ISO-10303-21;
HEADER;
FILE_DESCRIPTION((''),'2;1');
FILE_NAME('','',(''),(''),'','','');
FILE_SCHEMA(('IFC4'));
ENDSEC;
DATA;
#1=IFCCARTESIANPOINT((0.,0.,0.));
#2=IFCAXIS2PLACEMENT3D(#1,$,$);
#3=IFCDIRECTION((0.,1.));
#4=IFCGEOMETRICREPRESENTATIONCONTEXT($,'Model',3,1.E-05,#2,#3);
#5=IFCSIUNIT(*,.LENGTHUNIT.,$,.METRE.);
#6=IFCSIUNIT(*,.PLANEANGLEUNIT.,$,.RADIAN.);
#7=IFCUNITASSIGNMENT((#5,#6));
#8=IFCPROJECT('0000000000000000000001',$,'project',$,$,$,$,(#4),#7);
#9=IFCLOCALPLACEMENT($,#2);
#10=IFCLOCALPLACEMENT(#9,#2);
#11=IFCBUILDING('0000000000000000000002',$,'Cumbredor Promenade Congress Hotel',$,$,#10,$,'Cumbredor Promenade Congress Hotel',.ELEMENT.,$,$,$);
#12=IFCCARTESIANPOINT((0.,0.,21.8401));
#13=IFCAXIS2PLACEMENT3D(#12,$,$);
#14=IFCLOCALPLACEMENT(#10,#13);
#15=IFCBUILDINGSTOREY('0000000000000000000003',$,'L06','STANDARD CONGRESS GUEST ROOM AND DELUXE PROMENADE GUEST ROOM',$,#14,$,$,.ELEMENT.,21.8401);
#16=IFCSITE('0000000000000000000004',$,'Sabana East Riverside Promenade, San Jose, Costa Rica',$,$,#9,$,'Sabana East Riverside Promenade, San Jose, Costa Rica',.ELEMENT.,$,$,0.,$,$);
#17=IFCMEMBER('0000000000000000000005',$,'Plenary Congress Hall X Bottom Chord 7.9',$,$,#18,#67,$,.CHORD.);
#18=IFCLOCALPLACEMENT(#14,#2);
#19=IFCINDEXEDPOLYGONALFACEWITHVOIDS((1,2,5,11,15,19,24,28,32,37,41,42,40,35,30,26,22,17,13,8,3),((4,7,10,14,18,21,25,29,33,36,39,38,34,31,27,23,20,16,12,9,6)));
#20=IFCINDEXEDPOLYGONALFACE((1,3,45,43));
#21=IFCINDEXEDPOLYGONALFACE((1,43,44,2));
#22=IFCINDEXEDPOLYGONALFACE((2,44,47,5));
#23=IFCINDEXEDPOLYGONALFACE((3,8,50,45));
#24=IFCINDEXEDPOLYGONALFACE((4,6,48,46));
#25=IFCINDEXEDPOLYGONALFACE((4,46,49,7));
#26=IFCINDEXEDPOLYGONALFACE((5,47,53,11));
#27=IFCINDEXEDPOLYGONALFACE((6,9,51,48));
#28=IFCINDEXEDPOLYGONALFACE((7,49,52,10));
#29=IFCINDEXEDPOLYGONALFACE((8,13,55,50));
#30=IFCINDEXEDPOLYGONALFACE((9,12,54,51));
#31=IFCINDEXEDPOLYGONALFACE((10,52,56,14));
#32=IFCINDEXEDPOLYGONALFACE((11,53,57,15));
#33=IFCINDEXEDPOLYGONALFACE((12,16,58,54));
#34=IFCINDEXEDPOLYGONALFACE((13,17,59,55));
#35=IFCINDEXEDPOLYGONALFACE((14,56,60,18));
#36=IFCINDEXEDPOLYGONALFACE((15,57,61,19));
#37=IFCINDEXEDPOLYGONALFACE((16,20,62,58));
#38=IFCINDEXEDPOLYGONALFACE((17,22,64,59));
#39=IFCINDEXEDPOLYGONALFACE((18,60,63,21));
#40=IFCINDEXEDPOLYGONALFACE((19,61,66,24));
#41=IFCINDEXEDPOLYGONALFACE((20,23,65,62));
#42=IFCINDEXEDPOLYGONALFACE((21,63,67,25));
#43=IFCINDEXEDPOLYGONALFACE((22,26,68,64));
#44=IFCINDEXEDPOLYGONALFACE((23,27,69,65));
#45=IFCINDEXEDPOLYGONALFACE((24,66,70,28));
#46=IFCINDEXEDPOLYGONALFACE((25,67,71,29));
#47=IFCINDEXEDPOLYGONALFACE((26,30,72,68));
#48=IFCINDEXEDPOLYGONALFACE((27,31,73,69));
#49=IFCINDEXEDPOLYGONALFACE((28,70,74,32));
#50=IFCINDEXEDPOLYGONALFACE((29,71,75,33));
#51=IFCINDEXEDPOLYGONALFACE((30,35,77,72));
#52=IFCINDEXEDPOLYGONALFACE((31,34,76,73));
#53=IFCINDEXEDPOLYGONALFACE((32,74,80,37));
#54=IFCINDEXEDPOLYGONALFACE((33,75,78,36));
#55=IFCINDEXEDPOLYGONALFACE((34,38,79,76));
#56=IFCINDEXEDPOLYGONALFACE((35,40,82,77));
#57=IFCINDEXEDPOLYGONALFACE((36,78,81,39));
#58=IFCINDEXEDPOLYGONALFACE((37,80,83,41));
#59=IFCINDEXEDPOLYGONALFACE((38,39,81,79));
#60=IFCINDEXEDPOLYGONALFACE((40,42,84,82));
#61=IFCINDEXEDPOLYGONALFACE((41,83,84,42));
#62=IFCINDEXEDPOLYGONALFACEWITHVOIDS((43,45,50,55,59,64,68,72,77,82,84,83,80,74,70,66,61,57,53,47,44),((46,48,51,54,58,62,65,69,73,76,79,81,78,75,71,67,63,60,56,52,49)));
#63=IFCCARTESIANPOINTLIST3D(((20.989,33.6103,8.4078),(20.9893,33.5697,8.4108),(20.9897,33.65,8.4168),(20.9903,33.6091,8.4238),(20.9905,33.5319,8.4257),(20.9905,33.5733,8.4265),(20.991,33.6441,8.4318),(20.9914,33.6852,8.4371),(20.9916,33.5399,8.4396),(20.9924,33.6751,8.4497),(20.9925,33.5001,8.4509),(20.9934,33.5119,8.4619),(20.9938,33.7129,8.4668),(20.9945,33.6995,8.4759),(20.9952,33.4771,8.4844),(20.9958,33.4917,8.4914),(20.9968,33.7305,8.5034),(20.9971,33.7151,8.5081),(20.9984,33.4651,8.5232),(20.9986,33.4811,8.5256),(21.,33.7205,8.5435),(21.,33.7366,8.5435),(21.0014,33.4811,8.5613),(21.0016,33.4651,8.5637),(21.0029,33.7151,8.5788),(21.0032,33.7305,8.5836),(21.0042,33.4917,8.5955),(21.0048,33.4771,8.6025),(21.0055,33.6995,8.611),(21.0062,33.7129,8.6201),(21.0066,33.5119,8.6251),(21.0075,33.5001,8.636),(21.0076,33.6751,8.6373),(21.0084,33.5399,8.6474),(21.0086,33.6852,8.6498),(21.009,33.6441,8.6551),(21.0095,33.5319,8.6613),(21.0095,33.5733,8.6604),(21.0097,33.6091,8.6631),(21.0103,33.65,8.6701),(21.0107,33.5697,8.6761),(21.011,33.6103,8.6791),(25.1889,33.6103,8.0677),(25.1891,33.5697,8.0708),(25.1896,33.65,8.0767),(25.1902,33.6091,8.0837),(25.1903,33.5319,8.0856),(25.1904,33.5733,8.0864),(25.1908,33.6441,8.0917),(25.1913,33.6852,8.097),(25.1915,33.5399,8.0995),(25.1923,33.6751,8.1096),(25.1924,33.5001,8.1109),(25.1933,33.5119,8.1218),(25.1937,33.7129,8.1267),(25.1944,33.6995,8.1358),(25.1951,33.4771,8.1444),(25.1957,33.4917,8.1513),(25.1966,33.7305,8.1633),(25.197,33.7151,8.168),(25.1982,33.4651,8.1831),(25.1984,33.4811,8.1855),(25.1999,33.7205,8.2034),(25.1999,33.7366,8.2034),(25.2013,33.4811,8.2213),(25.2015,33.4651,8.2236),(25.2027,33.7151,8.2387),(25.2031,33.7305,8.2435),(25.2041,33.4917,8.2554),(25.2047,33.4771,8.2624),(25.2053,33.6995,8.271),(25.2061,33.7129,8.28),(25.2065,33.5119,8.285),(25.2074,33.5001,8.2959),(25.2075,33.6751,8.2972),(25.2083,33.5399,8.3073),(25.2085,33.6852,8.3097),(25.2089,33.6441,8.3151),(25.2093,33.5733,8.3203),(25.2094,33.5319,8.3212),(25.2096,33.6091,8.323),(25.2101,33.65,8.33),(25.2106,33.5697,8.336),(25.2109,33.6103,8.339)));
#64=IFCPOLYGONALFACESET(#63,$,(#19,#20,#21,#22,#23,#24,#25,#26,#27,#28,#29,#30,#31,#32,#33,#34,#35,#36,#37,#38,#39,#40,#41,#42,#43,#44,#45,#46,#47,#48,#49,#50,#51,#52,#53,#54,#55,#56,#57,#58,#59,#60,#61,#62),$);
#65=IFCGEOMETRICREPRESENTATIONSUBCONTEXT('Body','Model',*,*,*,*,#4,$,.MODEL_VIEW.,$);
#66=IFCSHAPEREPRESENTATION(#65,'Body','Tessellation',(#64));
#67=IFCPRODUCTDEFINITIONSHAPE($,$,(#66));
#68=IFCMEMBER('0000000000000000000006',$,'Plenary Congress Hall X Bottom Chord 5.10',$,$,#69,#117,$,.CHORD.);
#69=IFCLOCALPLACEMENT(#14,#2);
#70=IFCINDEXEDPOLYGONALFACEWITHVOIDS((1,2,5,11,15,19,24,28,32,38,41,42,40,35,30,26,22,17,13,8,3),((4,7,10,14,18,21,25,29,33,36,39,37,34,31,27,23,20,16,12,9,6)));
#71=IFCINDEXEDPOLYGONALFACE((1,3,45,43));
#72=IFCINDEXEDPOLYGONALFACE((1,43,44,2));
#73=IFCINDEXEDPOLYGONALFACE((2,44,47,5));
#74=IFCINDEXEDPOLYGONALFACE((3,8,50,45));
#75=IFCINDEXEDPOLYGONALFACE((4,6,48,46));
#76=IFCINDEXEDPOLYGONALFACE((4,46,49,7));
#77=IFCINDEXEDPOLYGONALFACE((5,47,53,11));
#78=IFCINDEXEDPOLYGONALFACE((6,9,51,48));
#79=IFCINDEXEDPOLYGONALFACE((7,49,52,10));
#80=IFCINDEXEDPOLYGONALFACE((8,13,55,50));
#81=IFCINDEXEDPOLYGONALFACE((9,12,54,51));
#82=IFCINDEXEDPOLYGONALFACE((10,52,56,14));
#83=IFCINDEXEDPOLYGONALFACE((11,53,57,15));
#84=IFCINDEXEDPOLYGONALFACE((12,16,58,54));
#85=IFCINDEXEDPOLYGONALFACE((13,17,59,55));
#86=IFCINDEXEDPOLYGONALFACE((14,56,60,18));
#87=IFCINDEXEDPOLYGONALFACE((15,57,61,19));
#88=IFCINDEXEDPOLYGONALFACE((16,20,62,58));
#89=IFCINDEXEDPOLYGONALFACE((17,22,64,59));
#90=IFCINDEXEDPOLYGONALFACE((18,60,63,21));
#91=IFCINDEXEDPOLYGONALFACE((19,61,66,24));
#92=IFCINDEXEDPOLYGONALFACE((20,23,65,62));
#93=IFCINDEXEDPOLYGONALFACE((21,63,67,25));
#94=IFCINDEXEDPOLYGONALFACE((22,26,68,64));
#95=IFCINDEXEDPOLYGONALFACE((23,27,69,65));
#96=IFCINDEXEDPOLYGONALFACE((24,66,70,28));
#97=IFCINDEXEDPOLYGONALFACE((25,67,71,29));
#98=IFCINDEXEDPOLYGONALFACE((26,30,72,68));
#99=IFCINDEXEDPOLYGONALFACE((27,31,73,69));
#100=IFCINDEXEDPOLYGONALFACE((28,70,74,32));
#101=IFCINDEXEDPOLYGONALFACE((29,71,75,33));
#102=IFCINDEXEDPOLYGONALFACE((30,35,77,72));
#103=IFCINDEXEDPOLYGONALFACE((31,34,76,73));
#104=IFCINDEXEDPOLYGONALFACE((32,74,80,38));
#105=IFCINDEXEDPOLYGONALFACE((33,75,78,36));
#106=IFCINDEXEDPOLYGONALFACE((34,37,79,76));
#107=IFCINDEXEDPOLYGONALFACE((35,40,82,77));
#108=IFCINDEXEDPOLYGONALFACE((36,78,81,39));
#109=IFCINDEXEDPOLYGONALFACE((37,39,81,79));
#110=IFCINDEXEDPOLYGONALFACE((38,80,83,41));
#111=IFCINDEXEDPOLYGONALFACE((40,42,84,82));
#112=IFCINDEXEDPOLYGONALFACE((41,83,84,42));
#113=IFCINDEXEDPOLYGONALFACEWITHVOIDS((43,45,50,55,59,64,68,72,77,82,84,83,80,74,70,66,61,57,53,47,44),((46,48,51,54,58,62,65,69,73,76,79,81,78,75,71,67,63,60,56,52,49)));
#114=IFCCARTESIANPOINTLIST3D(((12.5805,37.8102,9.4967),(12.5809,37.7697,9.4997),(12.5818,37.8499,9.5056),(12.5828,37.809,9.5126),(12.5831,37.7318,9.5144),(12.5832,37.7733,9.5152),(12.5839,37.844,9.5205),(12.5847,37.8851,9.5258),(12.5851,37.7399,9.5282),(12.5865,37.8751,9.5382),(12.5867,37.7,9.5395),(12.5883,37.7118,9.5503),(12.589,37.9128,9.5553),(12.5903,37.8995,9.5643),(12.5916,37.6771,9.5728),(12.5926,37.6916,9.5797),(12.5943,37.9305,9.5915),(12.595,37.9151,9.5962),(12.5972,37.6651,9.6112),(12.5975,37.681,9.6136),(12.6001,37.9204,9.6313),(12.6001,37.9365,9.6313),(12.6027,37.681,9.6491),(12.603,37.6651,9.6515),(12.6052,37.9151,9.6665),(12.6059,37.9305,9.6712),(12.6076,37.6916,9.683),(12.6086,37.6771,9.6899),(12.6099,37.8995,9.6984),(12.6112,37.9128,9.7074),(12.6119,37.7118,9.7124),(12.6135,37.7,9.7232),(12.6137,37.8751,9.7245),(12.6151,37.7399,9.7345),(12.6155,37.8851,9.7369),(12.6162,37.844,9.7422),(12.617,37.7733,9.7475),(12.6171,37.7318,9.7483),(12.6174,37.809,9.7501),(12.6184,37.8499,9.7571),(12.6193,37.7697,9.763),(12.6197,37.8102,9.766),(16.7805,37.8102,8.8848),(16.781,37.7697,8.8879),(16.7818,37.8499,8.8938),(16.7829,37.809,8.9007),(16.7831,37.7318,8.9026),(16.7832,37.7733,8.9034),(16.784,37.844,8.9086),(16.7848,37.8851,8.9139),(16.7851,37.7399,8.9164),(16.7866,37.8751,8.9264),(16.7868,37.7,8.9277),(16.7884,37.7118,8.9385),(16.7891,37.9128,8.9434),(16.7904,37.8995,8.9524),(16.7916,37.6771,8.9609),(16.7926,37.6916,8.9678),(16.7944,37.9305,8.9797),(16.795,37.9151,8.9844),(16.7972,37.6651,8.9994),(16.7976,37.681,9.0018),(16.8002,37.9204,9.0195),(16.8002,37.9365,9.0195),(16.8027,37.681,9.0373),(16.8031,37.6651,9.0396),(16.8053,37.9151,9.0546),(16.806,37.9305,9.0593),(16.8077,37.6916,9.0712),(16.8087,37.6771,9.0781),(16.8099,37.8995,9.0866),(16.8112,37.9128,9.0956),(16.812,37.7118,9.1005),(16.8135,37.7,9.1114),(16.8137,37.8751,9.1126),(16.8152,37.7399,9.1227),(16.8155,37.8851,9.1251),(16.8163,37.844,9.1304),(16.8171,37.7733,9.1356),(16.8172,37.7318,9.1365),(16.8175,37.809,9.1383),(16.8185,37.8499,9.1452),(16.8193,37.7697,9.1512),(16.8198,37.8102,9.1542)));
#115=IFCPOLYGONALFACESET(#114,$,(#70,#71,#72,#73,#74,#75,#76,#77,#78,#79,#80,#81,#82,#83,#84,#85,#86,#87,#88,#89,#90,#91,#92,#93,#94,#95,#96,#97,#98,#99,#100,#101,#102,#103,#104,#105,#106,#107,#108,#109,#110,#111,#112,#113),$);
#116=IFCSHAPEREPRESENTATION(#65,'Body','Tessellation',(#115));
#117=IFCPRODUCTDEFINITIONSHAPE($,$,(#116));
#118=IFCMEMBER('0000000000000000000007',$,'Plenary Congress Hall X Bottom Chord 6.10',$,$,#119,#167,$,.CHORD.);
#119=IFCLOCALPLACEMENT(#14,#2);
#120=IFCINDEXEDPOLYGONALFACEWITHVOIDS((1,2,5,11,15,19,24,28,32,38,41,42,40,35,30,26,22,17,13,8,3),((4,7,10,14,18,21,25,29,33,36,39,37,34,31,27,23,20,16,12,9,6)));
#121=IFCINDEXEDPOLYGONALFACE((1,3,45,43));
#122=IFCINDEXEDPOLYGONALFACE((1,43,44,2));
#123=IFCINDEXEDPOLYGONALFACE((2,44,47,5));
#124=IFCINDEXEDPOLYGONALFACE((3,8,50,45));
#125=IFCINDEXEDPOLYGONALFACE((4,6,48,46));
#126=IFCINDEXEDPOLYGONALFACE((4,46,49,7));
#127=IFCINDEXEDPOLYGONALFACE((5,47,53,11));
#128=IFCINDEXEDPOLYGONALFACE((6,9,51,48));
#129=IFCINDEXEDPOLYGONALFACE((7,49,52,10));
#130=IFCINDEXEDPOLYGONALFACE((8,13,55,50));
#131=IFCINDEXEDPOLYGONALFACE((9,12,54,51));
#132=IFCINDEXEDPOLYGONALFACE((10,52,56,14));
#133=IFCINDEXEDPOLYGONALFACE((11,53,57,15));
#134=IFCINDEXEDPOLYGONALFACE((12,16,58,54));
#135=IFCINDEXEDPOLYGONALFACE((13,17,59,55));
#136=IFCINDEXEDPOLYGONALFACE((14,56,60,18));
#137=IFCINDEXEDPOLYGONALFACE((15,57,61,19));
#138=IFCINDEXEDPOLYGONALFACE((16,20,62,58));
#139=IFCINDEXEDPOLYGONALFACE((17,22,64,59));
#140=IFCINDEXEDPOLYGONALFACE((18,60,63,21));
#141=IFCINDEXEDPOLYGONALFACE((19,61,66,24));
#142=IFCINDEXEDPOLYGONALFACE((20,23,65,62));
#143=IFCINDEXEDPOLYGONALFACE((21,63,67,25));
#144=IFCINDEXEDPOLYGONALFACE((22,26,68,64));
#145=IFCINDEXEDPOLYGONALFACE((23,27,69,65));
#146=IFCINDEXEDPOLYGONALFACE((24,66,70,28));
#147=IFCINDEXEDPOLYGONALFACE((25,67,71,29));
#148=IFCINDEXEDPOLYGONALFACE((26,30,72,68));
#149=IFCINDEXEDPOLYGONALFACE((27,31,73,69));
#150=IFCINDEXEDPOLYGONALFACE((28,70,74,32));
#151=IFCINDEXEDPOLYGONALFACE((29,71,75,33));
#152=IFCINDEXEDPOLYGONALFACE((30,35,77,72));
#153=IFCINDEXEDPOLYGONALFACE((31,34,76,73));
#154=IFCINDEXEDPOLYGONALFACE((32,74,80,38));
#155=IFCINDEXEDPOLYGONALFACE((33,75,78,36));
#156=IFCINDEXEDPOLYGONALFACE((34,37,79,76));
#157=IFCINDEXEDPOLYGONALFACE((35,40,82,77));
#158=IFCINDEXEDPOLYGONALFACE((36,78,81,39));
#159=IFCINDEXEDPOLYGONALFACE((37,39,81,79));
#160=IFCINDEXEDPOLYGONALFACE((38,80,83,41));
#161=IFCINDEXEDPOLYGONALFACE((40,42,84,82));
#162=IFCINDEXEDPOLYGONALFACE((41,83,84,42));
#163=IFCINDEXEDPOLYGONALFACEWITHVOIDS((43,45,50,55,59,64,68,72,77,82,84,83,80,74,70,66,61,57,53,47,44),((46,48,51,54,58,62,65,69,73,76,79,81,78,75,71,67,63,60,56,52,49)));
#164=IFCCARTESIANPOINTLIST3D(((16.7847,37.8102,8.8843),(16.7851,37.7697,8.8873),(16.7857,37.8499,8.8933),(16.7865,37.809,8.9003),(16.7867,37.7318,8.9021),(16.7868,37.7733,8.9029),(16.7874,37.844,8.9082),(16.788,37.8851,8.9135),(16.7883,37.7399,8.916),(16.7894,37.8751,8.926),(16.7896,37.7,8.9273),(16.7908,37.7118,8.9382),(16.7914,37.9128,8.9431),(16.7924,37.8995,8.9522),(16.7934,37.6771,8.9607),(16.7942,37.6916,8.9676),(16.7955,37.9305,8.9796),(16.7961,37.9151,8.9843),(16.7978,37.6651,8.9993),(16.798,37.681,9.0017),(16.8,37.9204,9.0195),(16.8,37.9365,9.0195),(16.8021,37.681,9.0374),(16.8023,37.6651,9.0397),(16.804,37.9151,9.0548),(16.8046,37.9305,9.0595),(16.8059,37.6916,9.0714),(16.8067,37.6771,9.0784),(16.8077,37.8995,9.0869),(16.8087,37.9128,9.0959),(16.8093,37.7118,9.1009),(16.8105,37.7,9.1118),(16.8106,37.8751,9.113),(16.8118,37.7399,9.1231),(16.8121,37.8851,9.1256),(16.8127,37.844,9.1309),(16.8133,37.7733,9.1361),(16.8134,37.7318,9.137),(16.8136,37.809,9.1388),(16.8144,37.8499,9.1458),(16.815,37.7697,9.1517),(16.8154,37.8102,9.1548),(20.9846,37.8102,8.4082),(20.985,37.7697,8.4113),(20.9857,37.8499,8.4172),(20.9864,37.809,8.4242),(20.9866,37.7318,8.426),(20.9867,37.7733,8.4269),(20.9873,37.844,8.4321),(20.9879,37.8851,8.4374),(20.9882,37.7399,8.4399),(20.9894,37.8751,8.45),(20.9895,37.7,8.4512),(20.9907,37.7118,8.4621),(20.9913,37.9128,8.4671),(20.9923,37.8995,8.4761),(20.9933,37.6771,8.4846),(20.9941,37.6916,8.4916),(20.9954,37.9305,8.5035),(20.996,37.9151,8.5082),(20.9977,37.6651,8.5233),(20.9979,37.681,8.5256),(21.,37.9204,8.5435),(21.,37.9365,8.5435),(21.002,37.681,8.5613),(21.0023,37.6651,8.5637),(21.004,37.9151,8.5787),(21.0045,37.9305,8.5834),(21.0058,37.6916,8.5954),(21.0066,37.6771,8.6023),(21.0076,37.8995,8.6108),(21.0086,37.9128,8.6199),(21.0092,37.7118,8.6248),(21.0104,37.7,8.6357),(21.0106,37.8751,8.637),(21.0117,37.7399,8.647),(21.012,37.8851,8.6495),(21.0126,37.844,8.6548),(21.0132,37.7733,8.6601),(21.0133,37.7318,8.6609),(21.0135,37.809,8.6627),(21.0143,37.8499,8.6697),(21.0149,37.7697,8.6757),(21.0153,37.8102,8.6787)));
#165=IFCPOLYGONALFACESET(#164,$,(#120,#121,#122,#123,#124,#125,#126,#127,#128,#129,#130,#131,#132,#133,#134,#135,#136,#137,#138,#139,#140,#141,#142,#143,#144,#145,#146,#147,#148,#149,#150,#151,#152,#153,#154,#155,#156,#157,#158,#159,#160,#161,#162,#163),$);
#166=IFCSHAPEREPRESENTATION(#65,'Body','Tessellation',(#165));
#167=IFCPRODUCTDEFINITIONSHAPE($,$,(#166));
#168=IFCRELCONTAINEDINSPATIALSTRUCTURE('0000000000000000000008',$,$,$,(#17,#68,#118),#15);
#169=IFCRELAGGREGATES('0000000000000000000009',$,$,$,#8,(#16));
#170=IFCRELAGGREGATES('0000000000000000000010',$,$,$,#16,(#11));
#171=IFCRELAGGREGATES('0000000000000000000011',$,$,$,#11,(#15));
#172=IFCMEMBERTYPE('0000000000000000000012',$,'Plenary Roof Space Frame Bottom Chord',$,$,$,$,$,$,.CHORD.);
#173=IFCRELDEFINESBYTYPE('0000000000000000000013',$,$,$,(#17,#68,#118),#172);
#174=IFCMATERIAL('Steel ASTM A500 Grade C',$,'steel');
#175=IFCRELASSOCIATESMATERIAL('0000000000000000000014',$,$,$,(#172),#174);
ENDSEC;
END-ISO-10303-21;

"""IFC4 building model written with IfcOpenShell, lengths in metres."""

from ifc_helpers import new_model, si_unit, direction, frame, origin, origin_2d, place, context, subcontext, project, spatial, hollow_circle, extrude, material, material_profile, profile_set, type_object, element, save


model = new_model("IFC4")

# Units and contexts
model_context = context("Model", 3, precision=1e-05, world=origin(), true_north=direction((0.0, 1.0)))
body_context = subcontext(model_context, "Body", "Model", "MODEL_VIEW")
ifc_project = project(units=[si_unit("LENGTHUNIT", "METRE"), si_unit("PLANEANGLEUNIT", "RADIAN")], contexts=[model_context])

# Site, building, storey
site_placement = place(None, origin())
site = spatial("IfcSite", under=ifc_project, at=site_placement, Name="Sabana East Riverside Promenade, San Jose, Costa Rica", LongName="Sabana East Riverside Promenade, San Jose, Costa Rica", CompositionType="ELEMENT", RefElevation=0.0)
building_placement = place(site_placement, origin())
building = spatial("IfcBuilding", under=site, at=building_placement, Name="Cumbredor Promenade Congress Hotel", LongName="Cumbredor Promenade Congress Hotel", CompositionType="ELEMENT")
storey_placement = place(building_placement, frame((0.0, 0.0, 21.8401)))
storey = spatial("IfcBuildingStorey", under=building, at=storey_placement, Name="L06", Description="STANDARD CONGRESS GUEST ROOM AND DELUXE PROMENADE GUEST ROOM", CompositionType="ELEMENT", Elevation=21.8401)

# Members
ifc_material_1 = material(Name="Steel ASTM A500 Grade C", Category="steel")
ifc_material_profile_1 = material_profile(ifc_material_1, hollow_circle(Radius=0.1365, WallThickness=0.0161, at=origin_2d()), Name="CHS 273.0x16")
ifc_profile_set_1 = profile_set([ifc_material_profile_1], Name="Steel ASTM A500 Grade C")
member_type_1 = type_object("IfcMemberType", Name="Plenary Roof Space Frame Bottom Chord", PredefinedType="CHORD", material=ifc_profile_set_1)
member_1_placement = place(storey_placement, frame((21.0, 33.6001, 8.5435), z_axis=(0.996738, 0.0, -0.08071), x_axis=(0.0, 1.0, 0.0)))
element("IfcMember", 1, at=member_1_placement, inside=storey, type_object=member_type_1, Name="Plenary Congress Hall X Bottom Chord 7.9", PredefinedType="CHORD", context=body_context, shape_type="SweptSolid", body=[
    extrude(hollow_circle(Radius=0.1365, WallThickness=0.0161, at=origin_2d()), origin(), (0.0, 0.0, 1.0), 4.2136),
])
member_2_placement = place(storey_placement, frame((12.6001, 37.8, 9.6313), z_axis=(0.989556, 0.0, -0.144151), x_axis=(0.0, 1.0, 0.0)))
element("IfcMember", 2, at=member_2_placement, inside=storey, type_object=member_type_1, Name="Plenary Congress Hall X Bottom Chord 5.10", PredefinedType="CHORD", context=body_context, shape_type="SweptSolid", body=[
    extrude(hollow_circle(Radius=0.1365, WallThickness=0.0161, at=origin_2d()), origin(), (0.0, 0.0, 1.0), 4.2444),
])
member_3_placement = place(storey_placement, frame((16.8, 37.8, 9.0195), z_axis=(0.993637, 0.0, -0.112631), x_axis=(0.0, 1.0, 0.0)))
element("IfcMember", 3, at=member_3_placement, inside=storey, type_object=member_type_1, Name="Plenary Congress Hall X Bottom Chord 6.10", PredefinedType="CHORD", context=body_context, shape_type="SweptSolid", body=[
    extrude(hollow_circle(Radius=0.1365, WallThickness=0.0161, at=origin_2d()), origin(), (0.0, 0.0, 1.0), 4.2268),
])

save(model, "model.ifc")
